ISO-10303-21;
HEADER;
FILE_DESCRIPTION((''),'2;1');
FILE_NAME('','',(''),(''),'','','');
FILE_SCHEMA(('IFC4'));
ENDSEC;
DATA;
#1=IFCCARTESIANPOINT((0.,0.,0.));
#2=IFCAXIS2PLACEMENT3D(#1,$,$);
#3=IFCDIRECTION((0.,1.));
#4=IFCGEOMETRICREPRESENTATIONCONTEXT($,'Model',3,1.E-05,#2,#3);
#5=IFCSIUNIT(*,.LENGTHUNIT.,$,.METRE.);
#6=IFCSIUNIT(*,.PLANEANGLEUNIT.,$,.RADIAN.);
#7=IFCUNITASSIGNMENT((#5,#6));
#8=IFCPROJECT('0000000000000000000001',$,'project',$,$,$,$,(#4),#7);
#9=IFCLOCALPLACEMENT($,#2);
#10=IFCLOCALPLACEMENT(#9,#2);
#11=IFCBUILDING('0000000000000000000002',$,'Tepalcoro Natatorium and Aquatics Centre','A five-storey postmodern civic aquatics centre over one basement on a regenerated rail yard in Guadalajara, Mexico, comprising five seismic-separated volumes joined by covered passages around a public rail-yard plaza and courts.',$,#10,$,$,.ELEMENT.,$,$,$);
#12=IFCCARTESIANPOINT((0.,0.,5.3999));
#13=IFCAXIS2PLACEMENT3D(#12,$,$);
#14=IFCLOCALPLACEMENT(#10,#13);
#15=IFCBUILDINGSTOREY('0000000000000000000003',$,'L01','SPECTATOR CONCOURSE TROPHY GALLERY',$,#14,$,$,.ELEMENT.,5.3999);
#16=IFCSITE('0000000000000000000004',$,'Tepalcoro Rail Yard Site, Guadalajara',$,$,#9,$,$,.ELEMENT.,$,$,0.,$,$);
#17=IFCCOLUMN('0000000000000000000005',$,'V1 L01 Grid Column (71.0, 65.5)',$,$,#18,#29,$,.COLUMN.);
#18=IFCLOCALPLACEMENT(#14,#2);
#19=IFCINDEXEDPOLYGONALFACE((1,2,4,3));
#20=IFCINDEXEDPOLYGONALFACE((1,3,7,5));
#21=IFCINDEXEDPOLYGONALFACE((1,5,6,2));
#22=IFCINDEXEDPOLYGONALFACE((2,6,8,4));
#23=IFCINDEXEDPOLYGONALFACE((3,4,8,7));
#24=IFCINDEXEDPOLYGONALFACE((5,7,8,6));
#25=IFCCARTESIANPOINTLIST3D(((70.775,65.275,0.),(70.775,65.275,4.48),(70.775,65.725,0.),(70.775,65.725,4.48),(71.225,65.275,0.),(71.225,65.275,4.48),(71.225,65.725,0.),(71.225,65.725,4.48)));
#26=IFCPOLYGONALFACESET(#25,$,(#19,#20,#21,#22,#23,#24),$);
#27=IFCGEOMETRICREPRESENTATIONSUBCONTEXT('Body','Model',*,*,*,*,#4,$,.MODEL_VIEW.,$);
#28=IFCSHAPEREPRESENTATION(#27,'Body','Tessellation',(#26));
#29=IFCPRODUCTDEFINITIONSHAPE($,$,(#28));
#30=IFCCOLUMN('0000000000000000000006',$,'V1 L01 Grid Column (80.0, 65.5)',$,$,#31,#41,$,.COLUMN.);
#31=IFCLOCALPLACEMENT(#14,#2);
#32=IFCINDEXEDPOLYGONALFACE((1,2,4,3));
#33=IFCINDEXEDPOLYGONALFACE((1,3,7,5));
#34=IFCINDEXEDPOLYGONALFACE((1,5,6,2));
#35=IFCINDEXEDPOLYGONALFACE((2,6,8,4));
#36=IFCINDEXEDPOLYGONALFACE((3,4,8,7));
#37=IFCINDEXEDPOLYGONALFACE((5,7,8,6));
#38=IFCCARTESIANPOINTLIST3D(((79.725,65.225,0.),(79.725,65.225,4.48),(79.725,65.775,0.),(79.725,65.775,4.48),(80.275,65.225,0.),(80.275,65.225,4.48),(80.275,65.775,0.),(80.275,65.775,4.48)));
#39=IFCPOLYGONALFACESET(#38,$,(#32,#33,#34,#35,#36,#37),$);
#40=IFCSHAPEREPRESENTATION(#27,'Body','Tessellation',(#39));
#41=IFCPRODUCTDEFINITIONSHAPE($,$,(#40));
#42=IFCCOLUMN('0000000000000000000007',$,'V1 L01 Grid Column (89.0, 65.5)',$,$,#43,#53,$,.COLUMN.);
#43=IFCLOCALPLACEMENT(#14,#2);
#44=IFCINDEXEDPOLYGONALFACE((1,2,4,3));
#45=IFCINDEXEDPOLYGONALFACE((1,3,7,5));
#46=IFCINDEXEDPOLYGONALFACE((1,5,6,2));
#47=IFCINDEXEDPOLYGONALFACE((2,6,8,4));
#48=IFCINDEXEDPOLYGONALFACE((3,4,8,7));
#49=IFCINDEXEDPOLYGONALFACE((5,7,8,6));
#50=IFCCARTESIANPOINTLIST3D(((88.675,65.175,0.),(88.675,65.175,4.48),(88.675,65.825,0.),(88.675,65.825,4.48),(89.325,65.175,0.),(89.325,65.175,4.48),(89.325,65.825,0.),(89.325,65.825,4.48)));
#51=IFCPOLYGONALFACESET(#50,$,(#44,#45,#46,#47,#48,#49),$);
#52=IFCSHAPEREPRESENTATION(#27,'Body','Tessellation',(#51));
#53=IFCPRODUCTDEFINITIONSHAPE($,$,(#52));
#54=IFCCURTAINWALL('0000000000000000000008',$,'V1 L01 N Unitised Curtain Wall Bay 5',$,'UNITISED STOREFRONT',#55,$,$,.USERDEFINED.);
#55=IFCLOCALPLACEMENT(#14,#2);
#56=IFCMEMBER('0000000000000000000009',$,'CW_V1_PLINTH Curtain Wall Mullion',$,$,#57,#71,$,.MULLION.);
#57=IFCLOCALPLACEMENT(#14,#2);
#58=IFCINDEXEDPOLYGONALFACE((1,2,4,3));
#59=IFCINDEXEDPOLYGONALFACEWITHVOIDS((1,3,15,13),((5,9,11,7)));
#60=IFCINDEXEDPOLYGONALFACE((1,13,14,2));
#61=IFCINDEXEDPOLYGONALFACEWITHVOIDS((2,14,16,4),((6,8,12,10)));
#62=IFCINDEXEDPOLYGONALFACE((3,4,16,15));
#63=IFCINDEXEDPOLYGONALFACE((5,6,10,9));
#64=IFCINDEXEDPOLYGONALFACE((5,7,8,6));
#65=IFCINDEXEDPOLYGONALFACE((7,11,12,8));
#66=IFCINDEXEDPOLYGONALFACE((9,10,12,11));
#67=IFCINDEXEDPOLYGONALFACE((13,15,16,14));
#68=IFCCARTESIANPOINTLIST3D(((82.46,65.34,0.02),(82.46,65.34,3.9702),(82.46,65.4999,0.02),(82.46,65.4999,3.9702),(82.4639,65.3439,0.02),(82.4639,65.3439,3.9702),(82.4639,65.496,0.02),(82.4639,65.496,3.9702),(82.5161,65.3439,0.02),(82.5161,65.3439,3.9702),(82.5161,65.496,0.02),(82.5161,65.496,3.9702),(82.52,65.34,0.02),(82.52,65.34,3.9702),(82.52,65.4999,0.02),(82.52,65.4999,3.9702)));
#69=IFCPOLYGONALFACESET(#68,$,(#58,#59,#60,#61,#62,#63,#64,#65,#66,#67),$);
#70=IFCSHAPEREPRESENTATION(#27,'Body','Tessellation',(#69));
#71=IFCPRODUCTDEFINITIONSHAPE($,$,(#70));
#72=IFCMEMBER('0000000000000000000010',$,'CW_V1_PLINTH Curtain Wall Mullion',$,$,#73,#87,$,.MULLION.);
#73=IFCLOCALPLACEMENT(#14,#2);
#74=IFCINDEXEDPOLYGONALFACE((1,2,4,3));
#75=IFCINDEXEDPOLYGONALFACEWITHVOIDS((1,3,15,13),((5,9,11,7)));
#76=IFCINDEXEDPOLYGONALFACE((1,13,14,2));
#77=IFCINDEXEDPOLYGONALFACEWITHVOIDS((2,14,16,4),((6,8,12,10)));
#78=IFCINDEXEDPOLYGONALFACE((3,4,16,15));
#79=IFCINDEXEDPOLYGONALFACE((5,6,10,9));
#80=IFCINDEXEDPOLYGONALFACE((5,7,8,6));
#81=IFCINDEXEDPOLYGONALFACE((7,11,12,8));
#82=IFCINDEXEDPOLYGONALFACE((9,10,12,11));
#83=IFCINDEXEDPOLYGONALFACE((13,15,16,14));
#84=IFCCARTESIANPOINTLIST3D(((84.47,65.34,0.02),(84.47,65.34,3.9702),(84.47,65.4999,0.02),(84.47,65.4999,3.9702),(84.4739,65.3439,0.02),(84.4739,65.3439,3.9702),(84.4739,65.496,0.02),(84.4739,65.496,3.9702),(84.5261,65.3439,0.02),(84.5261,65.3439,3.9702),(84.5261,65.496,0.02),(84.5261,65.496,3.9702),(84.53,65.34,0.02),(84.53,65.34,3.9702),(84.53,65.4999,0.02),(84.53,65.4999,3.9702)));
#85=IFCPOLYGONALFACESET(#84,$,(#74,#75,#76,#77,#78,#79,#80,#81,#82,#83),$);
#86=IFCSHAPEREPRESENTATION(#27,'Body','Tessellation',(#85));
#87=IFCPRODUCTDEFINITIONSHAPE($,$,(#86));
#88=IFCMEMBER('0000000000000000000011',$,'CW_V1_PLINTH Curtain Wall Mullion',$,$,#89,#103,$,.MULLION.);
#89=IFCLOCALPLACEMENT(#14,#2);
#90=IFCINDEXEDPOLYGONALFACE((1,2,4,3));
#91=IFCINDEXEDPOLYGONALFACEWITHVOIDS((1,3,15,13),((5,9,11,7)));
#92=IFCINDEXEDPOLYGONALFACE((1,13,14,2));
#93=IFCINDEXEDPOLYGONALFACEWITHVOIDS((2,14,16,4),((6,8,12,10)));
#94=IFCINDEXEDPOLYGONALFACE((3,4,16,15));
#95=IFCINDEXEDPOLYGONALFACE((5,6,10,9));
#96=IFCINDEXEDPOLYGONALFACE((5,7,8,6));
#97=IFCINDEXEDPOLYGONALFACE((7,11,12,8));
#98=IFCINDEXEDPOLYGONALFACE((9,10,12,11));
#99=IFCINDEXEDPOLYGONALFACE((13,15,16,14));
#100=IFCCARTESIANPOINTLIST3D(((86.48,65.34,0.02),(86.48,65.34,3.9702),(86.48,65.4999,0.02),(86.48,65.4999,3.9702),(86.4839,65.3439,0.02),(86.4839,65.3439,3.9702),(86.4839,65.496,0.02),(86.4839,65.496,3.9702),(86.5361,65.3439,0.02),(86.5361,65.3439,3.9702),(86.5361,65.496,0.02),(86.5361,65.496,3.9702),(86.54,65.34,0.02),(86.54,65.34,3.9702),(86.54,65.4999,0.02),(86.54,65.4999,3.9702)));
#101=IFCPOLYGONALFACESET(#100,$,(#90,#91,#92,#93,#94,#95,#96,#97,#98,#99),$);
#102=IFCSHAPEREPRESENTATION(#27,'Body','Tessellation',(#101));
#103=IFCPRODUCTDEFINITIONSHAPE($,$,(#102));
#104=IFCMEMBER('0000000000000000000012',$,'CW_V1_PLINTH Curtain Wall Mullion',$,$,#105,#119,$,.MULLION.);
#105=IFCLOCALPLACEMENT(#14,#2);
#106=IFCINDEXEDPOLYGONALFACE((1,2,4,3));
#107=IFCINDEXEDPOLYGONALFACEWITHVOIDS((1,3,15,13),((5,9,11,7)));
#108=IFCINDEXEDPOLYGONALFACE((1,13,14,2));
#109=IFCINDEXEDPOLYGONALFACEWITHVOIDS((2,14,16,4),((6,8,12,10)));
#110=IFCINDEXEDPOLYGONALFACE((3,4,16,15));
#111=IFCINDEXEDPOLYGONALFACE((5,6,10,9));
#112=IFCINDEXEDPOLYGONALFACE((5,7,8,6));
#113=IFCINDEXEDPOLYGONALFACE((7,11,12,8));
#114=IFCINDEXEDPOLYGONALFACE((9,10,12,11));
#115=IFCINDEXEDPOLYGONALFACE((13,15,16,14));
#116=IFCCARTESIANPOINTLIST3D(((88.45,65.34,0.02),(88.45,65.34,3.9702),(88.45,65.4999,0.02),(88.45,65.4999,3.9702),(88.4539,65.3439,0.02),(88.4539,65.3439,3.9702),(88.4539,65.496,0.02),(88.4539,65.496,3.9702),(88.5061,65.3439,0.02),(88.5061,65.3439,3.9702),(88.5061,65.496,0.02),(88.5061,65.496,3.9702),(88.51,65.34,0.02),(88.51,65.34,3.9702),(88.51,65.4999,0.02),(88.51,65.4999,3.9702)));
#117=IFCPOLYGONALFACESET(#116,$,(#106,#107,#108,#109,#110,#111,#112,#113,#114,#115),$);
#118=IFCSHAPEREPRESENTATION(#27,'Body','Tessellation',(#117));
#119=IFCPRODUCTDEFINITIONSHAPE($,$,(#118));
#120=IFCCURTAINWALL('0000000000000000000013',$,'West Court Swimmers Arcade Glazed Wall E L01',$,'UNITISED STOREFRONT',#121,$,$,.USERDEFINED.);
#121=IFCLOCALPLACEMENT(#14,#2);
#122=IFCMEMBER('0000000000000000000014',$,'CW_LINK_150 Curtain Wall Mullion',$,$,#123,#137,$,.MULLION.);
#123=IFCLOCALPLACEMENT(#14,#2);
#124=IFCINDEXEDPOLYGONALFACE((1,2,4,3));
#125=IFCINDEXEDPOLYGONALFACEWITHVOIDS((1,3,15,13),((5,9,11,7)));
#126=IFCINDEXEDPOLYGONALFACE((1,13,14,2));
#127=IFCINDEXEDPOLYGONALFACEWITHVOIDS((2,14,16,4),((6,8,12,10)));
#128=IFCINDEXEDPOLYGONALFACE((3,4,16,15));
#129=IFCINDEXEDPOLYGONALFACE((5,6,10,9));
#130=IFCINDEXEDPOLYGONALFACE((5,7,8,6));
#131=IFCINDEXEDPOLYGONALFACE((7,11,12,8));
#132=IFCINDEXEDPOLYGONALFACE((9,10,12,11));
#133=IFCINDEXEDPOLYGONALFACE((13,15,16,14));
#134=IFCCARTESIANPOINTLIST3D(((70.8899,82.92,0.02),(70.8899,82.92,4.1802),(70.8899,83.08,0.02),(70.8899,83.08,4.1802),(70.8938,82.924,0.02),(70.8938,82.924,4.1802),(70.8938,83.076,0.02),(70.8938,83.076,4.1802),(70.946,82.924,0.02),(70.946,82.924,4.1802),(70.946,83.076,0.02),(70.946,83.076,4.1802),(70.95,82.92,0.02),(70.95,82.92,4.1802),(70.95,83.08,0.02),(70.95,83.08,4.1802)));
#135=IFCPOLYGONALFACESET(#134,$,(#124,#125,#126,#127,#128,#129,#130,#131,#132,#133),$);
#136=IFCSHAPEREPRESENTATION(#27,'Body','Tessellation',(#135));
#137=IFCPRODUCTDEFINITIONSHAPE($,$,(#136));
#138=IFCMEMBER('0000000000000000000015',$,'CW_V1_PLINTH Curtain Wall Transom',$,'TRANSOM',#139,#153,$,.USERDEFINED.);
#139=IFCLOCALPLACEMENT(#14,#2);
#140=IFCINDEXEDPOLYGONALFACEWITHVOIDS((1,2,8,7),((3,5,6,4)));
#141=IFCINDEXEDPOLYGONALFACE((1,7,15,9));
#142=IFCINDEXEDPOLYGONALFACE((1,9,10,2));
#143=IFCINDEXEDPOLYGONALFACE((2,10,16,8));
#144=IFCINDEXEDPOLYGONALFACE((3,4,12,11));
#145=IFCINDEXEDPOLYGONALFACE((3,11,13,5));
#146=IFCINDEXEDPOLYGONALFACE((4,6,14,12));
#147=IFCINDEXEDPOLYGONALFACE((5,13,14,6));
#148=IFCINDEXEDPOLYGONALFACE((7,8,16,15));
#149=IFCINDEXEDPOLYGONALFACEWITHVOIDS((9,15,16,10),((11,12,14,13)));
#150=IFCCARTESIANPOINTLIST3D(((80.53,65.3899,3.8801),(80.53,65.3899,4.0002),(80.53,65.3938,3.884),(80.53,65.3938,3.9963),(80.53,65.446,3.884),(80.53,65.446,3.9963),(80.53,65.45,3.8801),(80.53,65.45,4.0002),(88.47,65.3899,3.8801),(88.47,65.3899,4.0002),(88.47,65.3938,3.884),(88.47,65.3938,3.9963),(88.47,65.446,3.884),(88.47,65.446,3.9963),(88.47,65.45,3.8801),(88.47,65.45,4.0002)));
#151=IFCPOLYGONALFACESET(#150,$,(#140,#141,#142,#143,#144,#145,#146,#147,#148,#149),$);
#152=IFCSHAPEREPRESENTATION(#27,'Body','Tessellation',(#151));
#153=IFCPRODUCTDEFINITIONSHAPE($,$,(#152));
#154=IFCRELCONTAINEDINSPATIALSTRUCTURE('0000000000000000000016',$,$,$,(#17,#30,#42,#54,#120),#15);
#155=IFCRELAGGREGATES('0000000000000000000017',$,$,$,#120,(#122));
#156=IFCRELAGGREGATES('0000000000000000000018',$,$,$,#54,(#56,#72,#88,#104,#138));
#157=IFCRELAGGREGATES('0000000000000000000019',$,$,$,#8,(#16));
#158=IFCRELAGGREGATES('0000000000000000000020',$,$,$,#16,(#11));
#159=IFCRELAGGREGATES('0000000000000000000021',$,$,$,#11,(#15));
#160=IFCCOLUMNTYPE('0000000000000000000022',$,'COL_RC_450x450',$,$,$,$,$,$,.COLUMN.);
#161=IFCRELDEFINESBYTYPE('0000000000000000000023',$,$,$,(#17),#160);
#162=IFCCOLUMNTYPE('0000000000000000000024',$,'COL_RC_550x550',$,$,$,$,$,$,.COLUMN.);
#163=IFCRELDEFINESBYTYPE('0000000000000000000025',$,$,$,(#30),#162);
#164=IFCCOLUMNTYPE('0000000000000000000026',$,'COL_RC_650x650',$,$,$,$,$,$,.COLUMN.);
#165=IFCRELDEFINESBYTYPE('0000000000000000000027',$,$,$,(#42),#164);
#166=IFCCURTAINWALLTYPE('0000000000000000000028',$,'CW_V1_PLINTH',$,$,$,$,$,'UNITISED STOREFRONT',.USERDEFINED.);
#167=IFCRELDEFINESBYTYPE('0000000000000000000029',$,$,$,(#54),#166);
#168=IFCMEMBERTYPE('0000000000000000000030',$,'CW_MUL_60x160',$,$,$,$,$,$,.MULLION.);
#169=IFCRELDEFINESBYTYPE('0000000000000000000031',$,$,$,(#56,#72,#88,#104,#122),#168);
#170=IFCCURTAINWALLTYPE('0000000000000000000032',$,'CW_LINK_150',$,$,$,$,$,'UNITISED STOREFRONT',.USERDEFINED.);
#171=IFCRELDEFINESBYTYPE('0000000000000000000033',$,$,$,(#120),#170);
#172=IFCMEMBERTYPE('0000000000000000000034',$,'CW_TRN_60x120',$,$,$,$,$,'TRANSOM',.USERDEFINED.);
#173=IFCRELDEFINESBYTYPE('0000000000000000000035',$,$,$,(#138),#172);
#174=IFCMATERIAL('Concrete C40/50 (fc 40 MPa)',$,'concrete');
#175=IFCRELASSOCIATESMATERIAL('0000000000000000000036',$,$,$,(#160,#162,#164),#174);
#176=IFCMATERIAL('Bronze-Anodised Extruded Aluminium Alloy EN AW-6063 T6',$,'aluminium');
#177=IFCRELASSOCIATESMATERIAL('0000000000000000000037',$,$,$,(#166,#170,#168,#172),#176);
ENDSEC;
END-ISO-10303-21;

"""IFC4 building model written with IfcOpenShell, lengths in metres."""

from ifc_helpers import new_model, si_unit, direction, frame, origin, origin_2d, place, context, subcontext, project, spatial, rectangle, hollow_rectangle, extrude, material, material_profile, profile_set, type_object, element, aggregate, save


model = new_model("IFC4")

# Units and contexts
model_context = context("Model", 3, precision=1e-05, world=origin(), true_north=direction((0.0, 1.0)))
body_context = subcontext(model_context, "Body", "Model", "MODEL_VIEW")
ifc_project = project(units=[si_unit("LENGTHUNIT", "METRE"), si_unit("PLANEANGLEUNIT", "RADIAN")], contexts=[model_context])

# Site, building, storey
site_placement = place(None, origin())
site = spatial("IfcSite", under=ifc_project, at=site_placement, Name="Tepalcoro Rail Yard Site, Guadalajara", CompositionType="ELEMENT", RefElevation=0.0)
building_placement = place(site_placement, origin())
building = spatial("IfcBuilding", under=site, at=building_placement, Name="Tepalcoro Natatorium and Aquatics Centre", Description="A five-storey postmodern civic aquatics centre over one basement on a regenerated rail yard in Guadalajara, Mexico, comprising five seismic-separated volumes joined by covered passages around a public rail-yard plaza and courts.", CompositionType="ELEMENT")
storey_placement = place(building_placement, frame((0.0, 0.0, 5.3999)))
storey = spatial("IfcBuildingStorey", under=building, at=storey_placement, Name="L01", Description="SPECTATOR CONCOURSE TROPHY GALLERY", CompositionType="ELEMENT", Elevation=5.3999)

# Columns
ifc_material_1 = material(Name="Concrete C40/50 (fc 40 MPa)", Category="concrete")
ifc_material_profile_1 = material_profile(ifc_material_1, rectangle(XDim=0.45, YDim=0.45, at=origin_2d()), Name="RC450x450")
ifc_profile_set_1 = profile_set([ifc_material_profile_1], Name="Concrete C40/50 (fc 40 MPa)")
column_type_1 = type_object("IfcColumnType", Name="COL_RC_450x450", PredefinedType="COLUMN", material=ifc_profile_set_1)
column_1_placement = place(storey_placement, frame((71.0, 65.5, 0.0), z_axis=(0.0, 0.0, 1.0), x_axis=(1.0, 0.0, 0.0)))
element("IfcColumn", 1, at=column_1_placement, inside=storey, type_object=column_type_1, Name="V1 L01 Grid Column (71.0, 65.5)", PredefinedType="COLUMN", context=body_context, shape_type="SweptSolid", body=[
    extrude(rectangle(XDim=0.45, YDim=0.45, at=origin_2d()), origin(), (0.0, 0.0, 1.0), 4.48),
])
ifc_material_profile_2 = material_profile(ifc_material_1, rectangle(XDim=0.55, YDim=0.55, at=origin_2d()), Name="RC550x550")
ifc_profile_set_2 = profile_set([ifc_material_profile_2], Name="Concrete C40/50 (fc 40 MPa)")
column_type_2 = type_object("IfcColumnType", Name="COL_RC_550x550", PredefinedType="COLUMN", material=ifc_profile_set_2)
column_2_placement = place(storey_placement, frame((80.0, 65.5, 0.0), z_axis=(0.0, 0.0, 1.0), x_axis=(1.0, 0.0, 0.0)))
element("IfcColumn", 2, at=column_2_placement, inside=storey, type_object=column_type_2, Name="V1 L01 Grid Column (80.0, 65.5)", PredefinedType="COLUMN", context=body_context, shape_type="SweptSolid", body=[
    extrude(rectangle(XDim=0.55, YDim=0.55, at=origin_2d()), origin(), (0.0, 0.0, 1.0), 4.48),
])
ifc_material_profile_3 = material_profile(ifc_material_1, rectangle(XDim=0.6499, YDim=0.6499, at=origin_2d()), Name="RC650x650")
ifc_profile_set_3 = profile_set([ifc_material_profile_3], Name="Concrete C40/50 (fc 40 MPa)")
column_type_3 = type_object("IfcColumnType", Name="COL_RC_650x650", PredefinedType="COLUMN", material=ifc_profile_set_3)
column_3_placement = place(storey_placement, frame((89.0, 65.5, 0.0), z_axis=(0.0, 0.0, 1.0), x_axis=(1.0, 0.0, 0.0)))
element("IfcColumn", 3, at=column_3_placement, inside=storey, type_object=column_type_3, Name="V1 L01 Grid Column (89.0, 65.5)", PredefinedType="COLUMN", context=body_context, shape_type="SweptSolid", body=[
    extrude(rectangle(XDim=0.6499, YDim=0.6499, at=origin_2d()), origin(), (0.0, 0.0, 1.0), 4.48),
])

# Curtain wall, members
ifc_material_2 = material(Name="Bronze-Anodised Extruded Aluminium Alloy EN AW-6063 T6", Category="aluminium")
curtain_wall_type_1 = type_object("IfcCurtainWallType", Name="CW_V1_PLINTH", ElementType="UNITISED STOREFRONT", PredefinedType="USERDEFINED", material=ifc_material_2)
curtain_wall_1_placement = place(storey_placement, origin())
curtain_wall_1 = element("IfcCurtainWall", 4, at=curtain_wall_1_placement, inside=storey, type_object=curtain_wall_type_1, Name="V1 L01 N Unitised Curtain Wall Bay 5", ObjectType="UNITISED STOREFRONT", PredefinedType="USERDEFINED")
ifc_material_profile_4 = material_profile(ifc_material_2, hollow_rectangle(XDim=0.0601, YDim=0.1599, WallThickness=0.0039, at=origin_2d()), Name="AL60X160X4")
ifc_profile_set_4 = profile_set([ifc_material_profile_4], Name="Bronze-Anodised Extruded Aluminium Alloy EN AW-6063 T6")
member_type_1 = type_object("IfcMemberType", Name="CW_MUL_60x160", PredefinedType="MULLION", material=ifc_profile_set_4)
member_1_placement = place(storey_placement, frame((82.49, 65.4199, 0.02), z_axis=(0.0, 0.0, 1.0), x_axis=(1.0, 0.0, 0.0)))
member_1 = element("IfcMember", 5, at=member_1_placement, type_object=member_type_1, Name="CW_V1_PLINTH Curtain Wall Mullion", PredefinedType="MULLION", context=body_context, shape_type="SweptSolid", body=[
    extrude(hollow_rectangle(XDim=0.0601, YDim=0.1599, WallThickness=0.0039, at=origin_2d()), origin(), (0.0, 0.0, 1.0), 3.9502),
])
member_2_placement = place(storey_placement, frame((84.5, 65.4199, 0.02), z_axis=(0.0, 0.0, 1.0), x_axis=(1.0, 0.0, 0.0)))
member_2 = element("IfcMember", 6, at=member_2_placement, type_object=member_type_1, Name="CW_V1_PLINTH Curtain Wall Mullion", PredefinedType="MULLION", context=body_context, shape_type="SweptSolid", body=[
    extrude(hollow_rectangle(XDim=0.0601, YDim=0.1599, WallThickness=0.0039, at=origin_2d()), origin(), (0.0, 0.0, 1.0), 3.9502),
])
member_3_placement = place(storey_placement, frame((86.51, 65.4199, 0.02), z_axis=(0.0, 0.0, 1.0), x_axis=(1.0, 0.0, 0.0)))
member_3 = element("IfcMember", 7, at=member_3_placement, type_object=member_type_1, Name="CW_V1_PLINTH Curtain Wall Mullion", PredefinedType="MULLION", context=body_context, shape_type="SweptSolid", body=[
    extrude(hollow_rectangle(XDim=0.0601, YDim=0.1599, WallThickness=0.0039, at=origin_2d()), origin(), (0.0, 0.0, 1.0), 3.9502),
])
member_4_placement = place(storey_placement, frame((88.48, 65.4199, 0.02), z_axis=(0.0, 0.0, 1.0), x_axis=(1.0, 0.0, 0.0)))
member_4 = element("IfcMember", 8, at=member_4_placement, type_object=member_type_1, Name="CW_V1_PLINTH Curtain Wall Mullion", PredefinedType="MULLION", context=body_context, shape_type="SweptSolid", body=[
    extrude(hollow_rectangle(XDim=0.0601, YDim=0.1599, WallThickness=0.0039, at=origin_2d()), origin(), (0.0, 0.0, 1.0), 3.9502),
])

# Curtain wall, member
curtain_wall_type_2 = type_object("IfcCurtainWallType", Name="CW_LINK_150", ElementType="UNITISED STOREFRONT", PredefinedType="USERDEFINED", material=ifc_material_2)
curtain_wall_2_placement = place(storey_placement, origin())
curtain_wall_2 = element("IfcCurtainWall", 9, at=curtain_wall_2_placement, inside=storey, type_object=curtain_wall_type_2, Name="West Court Swimmers Arcade Glazed Wall E L01", ObjectType="UNITISED STOREFRONT", PredefinedType="USERDEFINED")
member_5_placement = place(storey_placement, frame((70.9199, 83.0, 0.02), z_axis=(0.0, 0.0, 1.0), x_axis=(1.0, 0.0, 0.0)))
member_5 = element("IfcMember", 10, at=member_5_placement, type_object=member_type_1, Name="CW_LINK_150 Curtain Wall Mullion", PredefinedType="MULLION", context=body_context, shape_type="SweptSolid", body=[
    extrude(hollow_rectangle(XDim=0.0601, YDim=0.1599, WallThickness=0.0039, at=origin_2d()), origin(), (0.0, 0.0, 1.0), 4.1602),
])

# Member
ifc_material_profile_5 = material_profile(ifc_material_2, hollow_rectangle(XDim=0.0601, YDim=0.1201, WallThickness=0.0039, at=origin_2d()), Name="AL60X120X4")
ifc_profile_set_5 = profile_set([ifc_material_profile_5], Name="Bronze-Anodised Extruded Aluminium Alloy EN AW-6063 T6")
member_type_2 = type_object("IfcMemberType", Name="CW_TRN_60x120", ElementType="TRANSOM", PredefinedType="USERDEFINED", material=ifc_profile_set_5)
member_6_placement = place(storey_placement, frame((80.53, 65.4199, 3.9402), z_axis=(1.0, 0.0, 0.0), x_axis=(0.0, 1.0, 0.0)))
member_6 = element("IfcMember", 11, at=member_6_placement, type_object=member_type_2, Name="CW_V1_PLINTH Curtain Wall Transom", ObjectType="TRANSOM", PredefinedType="USERDEFINED", context=body_context, shape_type="SweptSolid", body=[
    extrude(hollow_rectangle(XDim=0.0601, YDim=0.1201, WallThickness=0.0039, at=origin_2d()), origin(), (0.0, 0.0, 1.0), 7.9399),
])

aggregate(curtain_wall_2, [member_5])
aggregate(curtain_wall_1, [member_1, member_2, member_3, member_4, member_6])

save(model, "model.ifc")
